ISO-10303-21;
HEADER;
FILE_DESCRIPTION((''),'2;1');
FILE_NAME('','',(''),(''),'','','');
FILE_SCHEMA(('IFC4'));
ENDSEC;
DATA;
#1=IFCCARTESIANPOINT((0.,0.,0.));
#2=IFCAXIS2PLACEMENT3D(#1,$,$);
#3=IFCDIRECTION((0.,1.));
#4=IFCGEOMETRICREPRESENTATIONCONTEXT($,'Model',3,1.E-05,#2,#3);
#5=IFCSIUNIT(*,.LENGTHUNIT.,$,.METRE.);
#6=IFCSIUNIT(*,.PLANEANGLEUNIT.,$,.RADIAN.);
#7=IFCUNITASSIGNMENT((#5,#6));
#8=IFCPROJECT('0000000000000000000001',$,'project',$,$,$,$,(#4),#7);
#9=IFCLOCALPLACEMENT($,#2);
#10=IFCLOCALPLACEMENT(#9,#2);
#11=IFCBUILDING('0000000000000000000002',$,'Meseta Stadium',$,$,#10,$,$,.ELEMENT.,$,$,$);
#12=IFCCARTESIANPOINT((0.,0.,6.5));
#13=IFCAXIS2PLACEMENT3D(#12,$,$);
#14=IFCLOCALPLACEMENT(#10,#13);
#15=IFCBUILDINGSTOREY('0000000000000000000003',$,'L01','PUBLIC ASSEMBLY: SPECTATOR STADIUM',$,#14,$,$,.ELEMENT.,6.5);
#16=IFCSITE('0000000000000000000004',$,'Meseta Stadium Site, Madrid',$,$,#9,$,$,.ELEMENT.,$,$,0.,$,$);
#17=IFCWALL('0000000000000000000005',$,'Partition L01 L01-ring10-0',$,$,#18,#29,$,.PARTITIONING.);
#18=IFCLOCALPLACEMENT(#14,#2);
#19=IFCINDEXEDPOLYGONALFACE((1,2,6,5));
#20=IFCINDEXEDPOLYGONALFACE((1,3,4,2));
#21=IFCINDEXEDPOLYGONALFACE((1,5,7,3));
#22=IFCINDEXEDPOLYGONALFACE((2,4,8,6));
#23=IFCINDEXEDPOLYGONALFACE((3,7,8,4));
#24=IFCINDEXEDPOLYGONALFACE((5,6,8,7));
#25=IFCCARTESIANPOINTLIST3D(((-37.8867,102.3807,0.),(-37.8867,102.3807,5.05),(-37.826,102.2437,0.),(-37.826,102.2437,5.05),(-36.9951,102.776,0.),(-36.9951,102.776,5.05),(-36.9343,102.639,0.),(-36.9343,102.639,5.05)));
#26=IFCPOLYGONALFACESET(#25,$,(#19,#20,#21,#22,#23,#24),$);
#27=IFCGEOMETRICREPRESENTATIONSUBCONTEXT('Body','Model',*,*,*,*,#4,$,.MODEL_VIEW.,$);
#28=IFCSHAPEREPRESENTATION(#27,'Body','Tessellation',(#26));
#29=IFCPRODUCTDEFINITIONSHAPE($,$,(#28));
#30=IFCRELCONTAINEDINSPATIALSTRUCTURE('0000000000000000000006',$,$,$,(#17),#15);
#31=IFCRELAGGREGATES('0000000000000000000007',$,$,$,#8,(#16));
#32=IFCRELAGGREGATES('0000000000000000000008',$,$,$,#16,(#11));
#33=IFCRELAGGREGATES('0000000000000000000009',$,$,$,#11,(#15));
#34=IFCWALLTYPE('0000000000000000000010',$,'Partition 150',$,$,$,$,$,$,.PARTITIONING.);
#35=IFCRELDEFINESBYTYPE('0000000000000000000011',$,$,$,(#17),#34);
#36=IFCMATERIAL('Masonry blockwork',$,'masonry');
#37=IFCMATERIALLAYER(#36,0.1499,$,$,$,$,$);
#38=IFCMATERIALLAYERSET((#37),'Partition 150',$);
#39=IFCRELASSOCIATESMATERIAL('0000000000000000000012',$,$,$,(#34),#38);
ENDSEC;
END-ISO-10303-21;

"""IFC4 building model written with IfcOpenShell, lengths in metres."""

from ifc_helpers import new_model, si_unit, direction, frame, frame_2d, origin, place, context, subcontext, project, spatial, rectangle, extrude, material, layer, layer_set, type_object, element, save


model = new_model("IFC4")

# Units and contexts
model_context = context("Model", 3, precision=1e-05, world=origin(), true_north=direction((0.0, 1.0)))
body_context = subcontext(model_context, "Body", "Model", "MODEL_VIEW")
ifc_project = project(units=[si_unit("LENGTHUNIT", "METRE"), si_unit("PLANEANGLEUNIT", "RADIAN")], contexts=[model_context])

# Site, building, storey
site_placement = place(None, origin())
site = spatial("IfcSite", under=ifc_project, at=site_placement, Name="Meseta Stadium Site, Madrid", CompositionType="ELEMENT", RefElevation=0.0)
building_placement = place(site_placement, origin())
building = spatial("IfcBuilding", under=site, at=building_placement, Name="Meseta Stadium", CompositionType="ELEMENT")
storey_placement = place(building_placement, frame((0.0, 0.0, 6.5)))
storey = spatial("IfcBuildingStorey", under=building, at=storey_placement, Name="L01", Description="PUBLIC ASSEMBLY: SPECTATOR STADIUM", CompositionType="ELEMENT", Elevation=6.5)

# Wall
ifc_material_1 = material(Name="Masonry blockwork", Category="masonry")
ifc_layer_1 = layer(ifc_material_1, 0.1499)
ifc_layer_set_1 = layer_set([ifc_layer_1], Name="Partition 150")
wall_type = type_object("IfcWallType", Name="Partition 150", PredefinedType="PARTITIONING", material=ifc_layer_set_1)
wall_placement = place(storey_placement, frame((-36.9646, 102.7075, 0.0), z_axis=(0.0, 0.0, 1.0), x_axis=(-0.914193, -0.405279, 0.0)))
element("IfcWall", 1, at=wall_placement, inside=storey, type_object=wall_type, Name="Partition L01 L01-ring10-0", PredefinedType="PARTITIONING", context=body_context, shape_type="SweptSolid", body=[
    extrude(rectangle(XDim=0.9753, YDim=0.1499, at=frame_2d((0.4878, 0.0))), origin(), (0.0, 0.0, 1.0), 5.05),
])

save(model, "model.ifc")
